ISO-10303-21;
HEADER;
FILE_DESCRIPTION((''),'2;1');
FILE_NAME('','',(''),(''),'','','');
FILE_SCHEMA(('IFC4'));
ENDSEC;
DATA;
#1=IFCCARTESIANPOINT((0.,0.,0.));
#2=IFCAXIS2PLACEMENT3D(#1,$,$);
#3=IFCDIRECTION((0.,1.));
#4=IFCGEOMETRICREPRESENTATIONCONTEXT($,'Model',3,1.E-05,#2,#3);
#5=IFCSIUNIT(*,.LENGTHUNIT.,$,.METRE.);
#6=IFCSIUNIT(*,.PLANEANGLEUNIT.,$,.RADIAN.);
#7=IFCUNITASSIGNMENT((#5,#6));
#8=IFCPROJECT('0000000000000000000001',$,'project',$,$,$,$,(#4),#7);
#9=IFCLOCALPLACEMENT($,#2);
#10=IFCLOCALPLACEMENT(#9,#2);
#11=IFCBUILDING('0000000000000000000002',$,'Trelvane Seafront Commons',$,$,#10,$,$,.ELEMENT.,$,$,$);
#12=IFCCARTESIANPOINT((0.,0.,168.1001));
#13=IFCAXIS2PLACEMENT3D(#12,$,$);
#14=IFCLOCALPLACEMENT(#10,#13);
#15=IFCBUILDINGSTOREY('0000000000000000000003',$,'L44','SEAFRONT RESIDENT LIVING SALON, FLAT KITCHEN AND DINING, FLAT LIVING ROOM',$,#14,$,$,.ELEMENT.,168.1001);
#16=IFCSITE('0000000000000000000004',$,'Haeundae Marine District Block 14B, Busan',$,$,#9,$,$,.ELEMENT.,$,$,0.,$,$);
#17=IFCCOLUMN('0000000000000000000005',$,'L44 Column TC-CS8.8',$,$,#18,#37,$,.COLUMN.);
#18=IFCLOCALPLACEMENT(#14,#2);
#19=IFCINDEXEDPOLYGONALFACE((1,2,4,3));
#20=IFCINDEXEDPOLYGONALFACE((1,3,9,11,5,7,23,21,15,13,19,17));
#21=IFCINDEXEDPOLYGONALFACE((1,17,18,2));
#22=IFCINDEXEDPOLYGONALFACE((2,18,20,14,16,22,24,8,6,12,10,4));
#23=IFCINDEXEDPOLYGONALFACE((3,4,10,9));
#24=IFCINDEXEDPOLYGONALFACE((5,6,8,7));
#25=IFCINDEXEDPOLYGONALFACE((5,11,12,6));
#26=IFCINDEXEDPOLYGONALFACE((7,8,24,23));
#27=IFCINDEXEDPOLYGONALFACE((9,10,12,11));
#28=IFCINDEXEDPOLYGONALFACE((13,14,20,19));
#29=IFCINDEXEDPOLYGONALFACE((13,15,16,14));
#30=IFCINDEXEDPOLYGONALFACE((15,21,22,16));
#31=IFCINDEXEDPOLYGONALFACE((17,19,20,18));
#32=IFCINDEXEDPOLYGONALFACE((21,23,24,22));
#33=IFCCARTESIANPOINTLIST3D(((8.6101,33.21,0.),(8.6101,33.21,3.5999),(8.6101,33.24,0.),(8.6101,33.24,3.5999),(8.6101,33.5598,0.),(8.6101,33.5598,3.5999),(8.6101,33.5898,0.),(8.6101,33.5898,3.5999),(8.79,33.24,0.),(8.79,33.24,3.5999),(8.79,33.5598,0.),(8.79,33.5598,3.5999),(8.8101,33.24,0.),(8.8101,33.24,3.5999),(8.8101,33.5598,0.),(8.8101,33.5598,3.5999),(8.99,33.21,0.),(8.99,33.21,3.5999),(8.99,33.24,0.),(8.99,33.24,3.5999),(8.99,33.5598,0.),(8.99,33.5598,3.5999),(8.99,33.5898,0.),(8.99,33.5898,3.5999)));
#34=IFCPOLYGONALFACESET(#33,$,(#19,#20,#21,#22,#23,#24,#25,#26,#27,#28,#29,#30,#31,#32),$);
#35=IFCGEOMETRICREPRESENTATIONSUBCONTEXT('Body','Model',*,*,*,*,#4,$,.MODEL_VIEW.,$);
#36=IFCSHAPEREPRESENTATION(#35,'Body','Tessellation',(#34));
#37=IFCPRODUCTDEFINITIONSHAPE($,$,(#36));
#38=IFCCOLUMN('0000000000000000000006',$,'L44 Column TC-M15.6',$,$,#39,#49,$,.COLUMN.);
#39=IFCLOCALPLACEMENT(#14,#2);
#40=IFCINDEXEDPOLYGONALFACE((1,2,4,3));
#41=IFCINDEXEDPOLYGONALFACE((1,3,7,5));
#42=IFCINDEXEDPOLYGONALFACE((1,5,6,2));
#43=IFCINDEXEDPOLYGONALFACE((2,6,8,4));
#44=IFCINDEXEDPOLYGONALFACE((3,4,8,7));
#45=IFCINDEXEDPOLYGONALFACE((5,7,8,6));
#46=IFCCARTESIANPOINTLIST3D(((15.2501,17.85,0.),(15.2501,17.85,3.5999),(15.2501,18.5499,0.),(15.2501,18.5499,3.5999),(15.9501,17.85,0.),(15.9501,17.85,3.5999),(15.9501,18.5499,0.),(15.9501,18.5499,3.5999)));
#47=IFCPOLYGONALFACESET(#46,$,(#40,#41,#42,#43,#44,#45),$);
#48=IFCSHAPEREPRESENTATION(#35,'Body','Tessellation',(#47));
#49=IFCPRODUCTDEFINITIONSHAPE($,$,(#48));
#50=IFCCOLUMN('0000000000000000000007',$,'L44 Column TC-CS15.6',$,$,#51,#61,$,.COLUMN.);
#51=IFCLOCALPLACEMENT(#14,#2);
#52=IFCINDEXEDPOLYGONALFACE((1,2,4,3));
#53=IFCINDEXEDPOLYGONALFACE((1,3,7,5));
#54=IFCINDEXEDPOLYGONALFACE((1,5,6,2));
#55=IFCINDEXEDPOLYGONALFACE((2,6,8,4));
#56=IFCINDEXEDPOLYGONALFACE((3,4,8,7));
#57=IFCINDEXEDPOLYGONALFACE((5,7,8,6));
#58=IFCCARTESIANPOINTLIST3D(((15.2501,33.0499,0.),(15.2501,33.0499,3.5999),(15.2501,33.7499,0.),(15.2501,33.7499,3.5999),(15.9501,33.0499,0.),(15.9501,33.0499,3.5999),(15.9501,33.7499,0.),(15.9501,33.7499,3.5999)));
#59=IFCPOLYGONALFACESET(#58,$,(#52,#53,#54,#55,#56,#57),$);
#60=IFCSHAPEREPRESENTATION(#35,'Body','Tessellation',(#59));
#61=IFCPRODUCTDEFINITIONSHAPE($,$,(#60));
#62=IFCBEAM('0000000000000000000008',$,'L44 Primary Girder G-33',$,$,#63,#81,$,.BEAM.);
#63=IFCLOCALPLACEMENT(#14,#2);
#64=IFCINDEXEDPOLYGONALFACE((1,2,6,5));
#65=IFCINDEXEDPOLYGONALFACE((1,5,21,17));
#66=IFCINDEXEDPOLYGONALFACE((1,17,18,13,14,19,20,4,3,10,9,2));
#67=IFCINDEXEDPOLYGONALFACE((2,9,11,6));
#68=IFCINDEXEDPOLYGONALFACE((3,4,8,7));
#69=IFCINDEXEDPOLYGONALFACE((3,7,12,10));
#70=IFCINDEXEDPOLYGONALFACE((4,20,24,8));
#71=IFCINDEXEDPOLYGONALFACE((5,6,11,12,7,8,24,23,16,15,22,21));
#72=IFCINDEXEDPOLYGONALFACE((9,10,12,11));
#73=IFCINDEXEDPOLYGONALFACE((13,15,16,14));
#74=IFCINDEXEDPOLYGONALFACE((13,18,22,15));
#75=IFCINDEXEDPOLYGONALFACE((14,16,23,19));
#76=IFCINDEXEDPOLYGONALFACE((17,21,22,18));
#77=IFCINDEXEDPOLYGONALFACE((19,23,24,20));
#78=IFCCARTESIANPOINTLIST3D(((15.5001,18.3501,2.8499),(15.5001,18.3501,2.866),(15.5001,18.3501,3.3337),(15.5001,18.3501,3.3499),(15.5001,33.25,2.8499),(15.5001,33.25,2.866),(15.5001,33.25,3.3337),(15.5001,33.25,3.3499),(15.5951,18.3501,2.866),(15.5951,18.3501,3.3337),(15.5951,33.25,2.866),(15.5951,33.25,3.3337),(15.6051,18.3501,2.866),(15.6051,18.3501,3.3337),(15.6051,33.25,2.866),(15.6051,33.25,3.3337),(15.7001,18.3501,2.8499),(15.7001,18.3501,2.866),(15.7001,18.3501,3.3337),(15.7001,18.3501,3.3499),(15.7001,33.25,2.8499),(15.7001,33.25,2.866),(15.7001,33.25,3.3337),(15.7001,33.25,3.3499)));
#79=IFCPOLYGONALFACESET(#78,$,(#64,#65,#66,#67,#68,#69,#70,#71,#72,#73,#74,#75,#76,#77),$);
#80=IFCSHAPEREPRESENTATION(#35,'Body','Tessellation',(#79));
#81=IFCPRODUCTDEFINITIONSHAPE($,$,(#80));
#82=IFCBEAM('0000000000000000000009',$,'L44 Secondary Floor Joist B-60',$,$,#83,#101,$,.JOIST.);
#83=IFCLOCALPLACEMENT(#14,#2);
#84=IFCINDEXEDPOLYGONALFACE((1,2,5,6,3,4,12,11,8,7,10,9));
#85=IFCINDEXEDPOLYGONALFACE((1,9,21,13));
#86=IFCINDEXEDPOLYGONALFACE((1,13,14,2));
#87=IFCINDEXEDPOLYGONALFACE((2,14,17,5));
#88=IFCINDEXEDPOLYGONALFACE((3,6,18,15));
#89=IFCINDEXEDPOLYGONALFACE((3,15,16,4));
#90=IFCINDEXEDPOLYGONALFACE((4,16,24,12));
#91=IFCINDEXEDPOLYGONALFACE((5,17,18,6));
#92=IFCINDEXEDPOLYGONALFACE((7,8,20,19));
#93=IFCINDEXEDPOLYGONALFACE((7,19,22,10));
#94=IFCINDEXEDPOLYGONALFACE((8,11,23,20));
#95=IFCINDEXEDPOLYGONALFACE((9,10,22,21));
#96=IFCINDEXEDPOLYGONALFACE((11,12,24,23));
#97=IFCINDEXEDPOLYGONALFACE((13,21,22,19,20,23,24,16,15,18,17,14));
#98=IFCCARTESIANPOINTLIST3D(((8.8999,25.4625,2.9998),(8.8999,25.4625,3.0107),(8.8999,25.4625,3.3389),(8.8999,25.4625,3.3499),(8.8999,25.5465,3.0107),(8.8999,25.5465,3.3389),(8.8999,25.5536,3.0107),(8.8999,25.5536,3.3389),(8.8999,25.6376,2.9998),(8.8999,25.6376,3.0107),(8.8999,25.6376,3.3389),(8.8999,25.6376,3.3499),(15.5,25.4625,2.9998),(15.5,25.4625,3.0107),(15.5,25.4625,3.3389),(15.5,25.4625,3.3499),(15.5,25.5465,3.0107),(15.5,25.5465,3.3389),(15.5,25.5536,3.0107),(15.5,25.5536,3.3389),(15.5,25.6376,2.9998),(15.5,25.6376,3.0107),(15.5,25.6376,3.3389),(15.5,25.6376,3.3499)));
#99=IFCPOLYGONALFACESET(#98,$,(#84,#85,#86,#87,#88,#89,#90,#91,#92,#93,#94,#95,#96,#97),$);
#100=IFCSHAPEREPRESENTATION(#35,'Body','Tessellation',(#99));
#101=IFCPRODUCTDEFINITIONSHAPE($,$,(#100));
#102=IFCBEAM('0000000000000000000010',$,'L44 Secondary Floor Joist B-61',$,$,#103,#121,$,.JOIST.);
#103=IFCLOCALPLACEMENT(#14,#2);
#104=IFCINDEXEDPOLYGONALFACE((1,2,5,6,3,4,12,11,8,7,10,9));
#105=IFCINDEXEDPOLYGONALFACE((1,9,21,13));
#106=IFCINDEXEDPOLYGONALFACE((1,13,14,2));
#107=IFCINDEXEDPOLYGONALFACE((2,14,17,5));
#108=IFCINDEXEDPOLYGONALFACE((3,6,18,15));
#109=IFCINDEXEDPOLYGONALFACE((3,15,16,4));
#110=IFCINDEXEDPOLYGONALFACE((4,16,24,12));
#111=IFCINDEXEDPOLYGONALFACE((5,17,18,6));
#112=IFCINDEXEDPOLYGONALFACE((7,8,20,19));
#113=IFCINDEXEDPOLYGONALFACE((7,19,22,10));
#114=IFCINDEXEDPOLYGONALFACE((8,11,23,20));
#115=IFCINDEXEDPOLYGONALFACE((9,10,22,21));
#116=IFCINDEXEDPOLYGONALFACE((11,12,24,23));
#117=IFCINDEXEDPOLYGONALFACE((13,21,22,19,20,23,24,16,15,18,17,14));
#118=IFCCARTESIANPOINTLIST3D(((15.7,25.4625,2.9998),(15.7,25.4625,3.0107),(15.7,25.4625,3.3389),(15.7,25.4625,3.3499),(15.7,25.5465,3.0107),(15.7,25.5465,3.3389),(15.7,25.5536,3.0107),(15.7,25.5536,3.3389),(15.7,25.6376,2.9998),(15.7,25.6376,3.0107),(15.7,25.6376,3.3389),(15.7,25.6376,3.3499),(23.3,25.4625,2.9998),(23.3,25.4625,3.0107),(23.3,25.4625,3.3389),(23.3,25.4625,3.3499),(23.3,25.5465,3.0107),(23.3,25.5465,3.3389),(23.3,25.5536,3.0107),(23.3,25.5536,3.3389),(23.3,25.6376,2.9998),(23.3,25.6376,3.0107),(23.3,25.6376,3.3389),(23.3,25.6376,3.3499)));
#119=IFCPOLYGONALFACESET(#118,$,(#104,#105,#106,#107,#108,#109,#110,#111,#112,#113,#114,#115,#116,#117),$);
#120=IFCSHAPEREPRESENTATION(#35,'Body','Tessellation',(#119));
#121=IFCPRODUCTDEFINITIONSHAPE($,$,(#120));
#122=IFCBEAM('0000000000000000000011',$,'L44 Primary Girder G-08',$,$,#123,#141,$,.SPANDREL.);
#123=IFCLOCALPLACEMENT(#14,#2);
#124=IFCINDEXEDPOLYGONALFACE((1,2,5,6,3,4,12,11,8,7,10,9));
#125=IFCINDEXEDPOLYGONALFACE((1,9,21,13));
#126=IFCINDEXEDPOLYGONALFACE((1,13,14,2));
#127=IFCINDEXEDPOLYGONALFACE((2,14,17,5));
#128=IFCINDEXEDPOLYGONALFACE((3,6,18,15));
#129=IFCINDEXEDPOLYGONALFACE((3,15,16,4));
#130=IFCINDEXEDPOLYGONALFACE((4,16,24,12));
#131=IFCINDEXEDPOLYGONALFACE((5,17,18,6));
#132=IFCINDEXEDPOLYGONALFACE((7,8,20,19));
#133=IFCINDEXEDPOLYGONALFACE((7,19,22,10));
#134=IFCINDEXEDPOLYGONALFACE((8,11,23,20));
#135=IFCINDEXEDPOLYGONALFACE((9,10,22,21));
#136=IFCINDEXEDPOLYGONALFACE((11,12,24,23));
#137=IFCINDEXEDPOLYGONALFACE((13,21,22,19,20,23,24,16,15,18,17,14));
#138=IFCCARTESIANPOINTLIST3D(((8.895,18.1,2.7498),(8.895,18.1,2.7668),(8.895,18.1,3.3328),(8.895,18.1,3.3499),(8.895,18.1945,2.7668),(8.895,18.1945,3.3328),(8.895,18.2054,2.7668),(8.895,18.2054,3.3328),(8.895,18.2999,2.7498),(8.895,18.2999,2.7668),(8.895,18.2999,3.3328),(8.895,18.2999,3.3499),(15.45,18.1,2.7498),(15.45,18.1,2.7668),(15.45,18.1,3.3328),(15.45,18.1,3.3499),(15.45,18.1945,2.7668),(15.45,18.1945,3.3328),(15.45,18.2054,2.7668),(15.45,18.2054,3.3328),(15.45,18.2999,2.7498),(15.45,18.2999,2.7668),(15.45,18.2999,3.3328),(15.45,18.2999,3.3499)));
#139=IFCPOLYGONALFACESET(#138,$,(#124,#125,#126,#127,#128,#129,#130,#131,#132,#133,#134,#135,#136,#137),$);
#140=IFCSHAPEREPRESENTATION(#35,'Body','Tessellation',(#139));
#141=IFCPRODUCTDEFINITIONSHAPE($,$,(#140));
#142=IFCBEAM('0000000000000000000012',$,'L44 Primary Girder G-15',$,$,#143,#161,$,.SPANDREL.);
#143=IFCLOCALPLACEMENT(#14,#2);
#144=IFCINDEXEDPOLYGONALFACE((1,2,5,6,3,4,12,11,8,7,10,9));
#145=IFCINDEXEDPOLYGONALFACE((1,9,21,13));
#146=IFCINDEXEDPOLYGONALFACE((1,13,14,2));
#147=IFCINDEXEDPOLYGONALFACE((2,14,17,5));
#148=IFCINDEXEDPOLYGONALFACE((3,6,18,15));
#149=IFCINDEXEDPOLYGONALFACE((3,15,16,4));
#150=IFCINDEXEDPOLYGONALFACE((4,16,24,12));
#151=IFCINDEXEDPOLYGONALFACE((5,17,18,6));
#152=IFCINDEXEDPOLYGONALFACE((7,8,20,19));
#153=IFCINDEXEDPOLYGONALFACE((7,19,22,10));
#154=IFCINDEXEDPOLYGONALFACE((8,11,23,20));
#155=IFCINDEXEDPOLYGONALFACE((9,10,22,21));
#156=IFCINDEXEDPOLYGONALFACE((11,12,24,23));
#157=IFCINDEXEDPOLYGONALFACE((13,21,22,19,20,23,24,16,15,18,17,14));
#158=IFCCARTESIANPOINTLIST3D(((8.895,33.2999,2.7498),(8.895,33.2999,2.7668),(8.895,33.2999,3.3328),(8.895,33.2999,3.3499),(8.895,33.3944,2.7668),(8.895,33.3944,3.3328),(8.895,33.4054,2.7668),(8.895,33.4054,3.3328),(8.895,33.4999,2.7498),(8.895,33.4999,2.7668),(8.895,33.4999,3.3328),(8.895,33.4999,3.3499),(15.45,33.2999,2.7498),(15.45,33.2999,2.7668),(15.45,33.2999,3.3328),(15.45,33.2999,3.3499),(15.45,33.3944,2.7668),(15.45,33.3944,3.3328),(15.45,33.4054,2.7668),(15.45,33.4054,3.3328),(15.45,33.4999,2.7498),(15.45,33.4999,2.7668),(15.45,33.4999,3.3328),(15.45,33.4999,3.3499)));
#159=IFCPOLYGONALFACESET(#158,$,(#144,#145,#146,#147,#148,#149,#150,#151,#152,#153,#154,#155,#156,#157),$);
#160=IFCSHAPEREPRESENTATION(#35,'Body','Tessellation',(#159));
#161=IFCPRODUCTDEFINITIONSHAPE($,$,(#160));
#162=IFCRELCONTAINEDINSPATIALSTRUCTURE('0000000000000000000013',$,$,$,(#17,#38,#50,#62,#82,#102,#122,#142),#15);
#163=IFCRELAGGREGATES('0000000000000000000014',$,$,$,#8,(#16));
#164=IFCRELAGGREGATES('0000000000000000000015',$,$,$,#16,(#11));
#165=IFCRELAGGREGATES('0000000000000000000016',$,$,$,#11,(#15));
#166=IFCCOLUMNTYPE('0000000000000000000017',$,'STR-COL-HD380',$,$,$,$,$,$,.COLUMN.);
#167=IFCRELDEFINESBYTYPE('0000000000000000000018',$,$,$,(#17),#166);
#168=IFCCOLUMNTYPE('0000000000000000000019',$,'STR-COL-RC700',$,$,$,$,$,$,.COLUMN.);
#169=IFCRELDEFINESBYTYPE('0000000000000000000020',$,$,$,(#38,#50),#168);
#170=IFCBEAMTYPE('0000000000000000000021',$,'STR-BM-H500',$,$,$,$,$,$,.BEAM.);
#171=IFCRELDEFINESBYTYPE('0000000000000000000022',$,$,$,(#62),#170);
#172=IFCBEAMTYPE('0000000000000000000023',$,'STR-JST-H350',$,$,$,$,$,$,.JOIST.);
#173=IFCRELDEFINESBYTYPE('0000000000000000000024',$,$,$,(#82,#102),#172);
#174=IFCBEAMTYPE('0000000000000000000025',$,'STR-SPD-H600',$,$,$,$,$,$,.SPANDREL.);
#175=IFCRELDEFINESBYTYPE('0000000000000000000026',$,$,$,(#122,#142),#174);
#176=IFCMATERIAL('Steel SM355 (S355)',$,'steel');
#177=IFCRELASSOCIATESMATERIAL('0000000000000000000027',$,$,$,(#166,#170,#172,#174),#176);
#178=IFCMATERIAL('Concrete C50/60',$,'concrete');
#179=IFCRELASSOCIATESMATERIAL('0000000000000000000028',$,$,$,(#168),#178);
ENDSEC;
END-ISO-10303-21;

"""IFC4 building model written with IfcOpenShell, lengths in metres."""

from ifc_helpers import new_model, si_unit, direction, frame, origin, origin_2d, place, context, subcontext, project, spatial, rectangle, i_section, extrude, source, transform, mapped, material, material_profile, profile_set, type_object, element, save


model = new_model("IFC4")

# Units and contexts
model_context = context("Model", 3, precision=1e-05, world=origin(), true_north=direction((0.0, 1.0)))
body_context = subcontext(model_context, "Body", "Model", "MODEL_VIEW")
ifc_project = project(units=[si_unit("LENGTHUNIT", "METRE"), si_unit("PLANEANGLEUNIT", "RADIAN")], contexts=[model_context])

# Site, building, storey
site_placement = place(None, origin())
site = spatial("IfcSite", under=ifc_project, at=site_placement, Name="Haeundae Marine District Block 14B, Busan", CompositionType="ELEMENT", RefElevation=0.0)
building_placement = place(site_placement, origin())
building = spatial("IfcBuilding", under=site, at=building_placement, Name="Trelvane Seafront Commons", CompositionType="ELEMENT")
storey_placement = place(building_placement, frame((0.0, 0.0, 168.1001)))
storey = spatial("IfcBuildingStorey", under=building, at=storey_placement, Name="L44", Description="SEAFRONT RESIDENT LIVING SALON, FLAT KITCHEN AND DINING, FLAT LIVING ROOM", CompositionType="ELEMENT", Elevation=168.1001)

# Columns
ifc_material_1 = material(Name="Steel SM355 (S355)", Category="steel")
ifc_material_profile_1 = material_profile(ifc_material_1, i_section(OverallWidth=0.3799, OverallDepth=0.3799, WebThickness=0.02, FlangeThickness=0.03, at=origin_2d()), Name="HD-380x380x20x30")
ifc_profile_set_1 = profile_set([ifc_material_profile_1], Name="Steel SM355 (S355)")
column_type_1 = type_object("IfcColumnType", Name="STR-COL-HD380", PredefinedType="COLUMN", material=ifc_profile_set_1)
shared_shape_1 = source(origin(), body_context, "Body", "SweptSolid", [
    extrude(i_section(OverallWidth=0.3799, OverallDepth=0.3799, WebThickness=0.02, FlangeThickness=0.03, at=origin_2d()), origin(), (0.0, 0.0, 1.0), 3.5999),
])
column_placement = place(storey_placement, frame((8.8, 33.3999, 0.0), z_axis=(0.0, 0.0, 1.0), x_axis=(1.0, 0.0, 0.0)))
element("IfcColumn", 1, at=column_placement, inside=storey, type_object=column_type_1, Name="L44 Column TC-CS8.8", PredefinedType="COLUMN", context=body_context, shape_type="MappedRepresentation", body=[
    mapped(shared_shape_1, transform((0.0, 0.0, 0.0), x_axis=(1.0, 0.0, 0.0), y_axis=(0.0, 1.0, 0.0), z_axis=(0.0, 0.0, 1.0), scale=1.0)),
])
ifc_material_2 = material(Name="Concrete C50/60", Category="concrete")
ifc_material_profile_2 = material_profile(ifc_material_2, rectangle(XDim=0.7, YDim=0.7, at=origin_2d()), Name="RC-700x700")
ifc_profile_set_2 = profile_set([ifc_material_profile_2], Name="Concrete C50/60")
column_type_2 = type_object("IfcColumnType", Name="STR-COL-RC700", PredefinedType="COLUMN", material=ifc_profile_set_2)
shared_shape_2 = source(origin(), body_context, "Body", "SweptSolid", [
    extrude(rectangle(XDim=0.7, YDim=0.7, at=origin_2d()), origin(), (0.0, 0.0, 1.0), 3.5999),
])
for number, where, z_axis, x_axis, name in (
    (2, (15.6001, 18.2, 0.0), (0.0, 0.0, 1.0), (1.0, 0.0, 0.0), "L44 Column TC-M15.6"),
    (3, (15.6001, 33.3999, 0.0), (0.0, 0.0, 1.0), (1.0, 0.0, 0.0), "L44 Column TC-CS15.6"),
):
    element("IfcColumn", number, at=place(storey_placement, frame(where, z_axis=z_axis, x_axis=x_axis)), inside=storey, type_object=column_type_2, Name=name, PredefinedType="COLUMN", context=body_context, shape_type="MappedRepresentation", body=[
        mapped(shared_shape_2, transform((0.0, 0.0, 0.0), x_axis=(1.0, 0.0, 0.0), y_axis=(0.0, 1.0, 0.0), z_axis=(0.0, 0.0, 1.0), scale=1.0)),
    ])

# Beams
ifc_material_profile_3 = material_profile(ifc_material_1, i_section(OverallWidth=0.2, OverallDepth=0.5, WebThickness=0.01, FlangeThickness=0.0161, at=origin_2d()), Name="H-500x200x10x16")
ifc_profile_set_3 = profile_set([ifc_material_profile_3], Name="Steel SM355 (S355)")
beam_type_1 = type_object("IfcBeamType", Name="STR-BM-H500", PredefinedType="BEAM", material=ifc_profile_set_3)
shared_shape_3 = source(origin(), body_context, "Body", "SweptSolid", [
    extrude(i_section(OverallWidth=0.2, OverallDepth=0.5, WebThickness=0.01, FlangeThickness=0.0161, at=origin_2d()), origin(), (0.0, 0.0, 1.0), 14.8999),
])
beam_1_placement = place(storey_placement, frame((15.6001, 18.3501, 3.0999), z_axis=(0.0, 1.0, 0.0), x_axis=(-1.0, 0.0, 0.0)))
element("IfcBeam", 4, at=beam_1_placement, inside=storey, type_object=beam_type_1, Name="L44 Primary Girder G-33", PredefinedType="BEAM", context=body_context, shape_type="MappedRepresentation", body=[
    mapped(shared_shape_3, transform((0.0, 0.0, 0.0), x_axis=(1.0, 0.0, 0.0), y_axis=(0.0, 1.0, 0.0), z_axis=(0.0, 0.0, 1.0), scale=1.0)),
])
ifc_material_profile_4 = material_profile(ifc_material_1, i_section(OverallWidth=0.175, OverallDepth=0.3501, WebThickness=0.0071, FlangeThickness=0.011, at=origin_2d()), Name="H-350x175x7x11")
ifc_profile_set_4 = profile_set([ifc_material_profile_4], Name="Steel SM355 (S355)")
beam_type_2 = type_object("IfcBeamType", Name="STR-JST-H350", PredefinedType="JOIST", material=ifc_profile_set_4)
shared_shape_4 = source(origin(), body_context, "Body", "SweptSolid", [
    extrude(i_section(OverallWidth=0.175, OverallDepth=0.3501, WebThickness=0.0071, FlangeThickness=0.011, at=origin_2d()), origin(), (0.0, 0.0, 1.0), 6.6001),
])
beam_2_placement = place(storey_placement, frame((8.8999, 25.55, 3.1748), z_axis=(1.0, 0.0, 0.0), x_axis=(0.0, 1.0, 0.0)))
element("IfcBeam", 5, at=beam_2_placement, inside=storey, type_object=beam_type_2, Name="L44 Secondary Floor Joist B-60", PredefinedType="JOIST", context=body_context, shape_type="MappedRepresentation", body=[
    mapped(shared_shape_4, transform((0.0, 0.0, 0.0), x_axis=(1.0, 0.0, 0.0), y_axis=(0.0, 1.0, 0.0), z_axis=(0.0, 0.0, 1.0), scale=1.0)),
])
shared_shape_5 = source(origin(), body_context, "Body", "SweptSolid", [
    extrude(i_section(OverallWidth=0.175, OverallDepth=0.3501, WebThickness=0.0071, FlangeThickness=0.011, at=origin_2d()), origin(), (0.0, 0.0, 1.0), 7.6001),
])
beam_3_placement = place(storey_placement, frame((15.7, 25.55, 3.1748), z_axis=(1.0, 0.0, 0.0), x_axis=(0.0, 1.0, 0.0)))
element("IfcBeam", 6, at=beam_3_placement, inside=storey, type_object=beam_type_2, Name="L44 Secondary Floor Joist B-61", PredefinedType="JOIST", context=body_context, shape_type="MappedRepresentation", body=[
    mapped(shared_shape_5, transform((0.0, 0.0, 0.0), x_axis=(1.0, 0.0, 0.0), y_axis=(0.0, 1.0, 0.0), z_axis=(0.0, 0.0, 1.0), scale=1.0)),
])
ifc_material_profile_5 = material_profile(ifc_material_1, i_section(OverallWidth=0.2, OverallDepth=0.6001, WebThickness=0.011, FlangeThickness=0.0171, at=origin_2d()), Name="H-600x200x11x17")
ifc_profile_set_5 = profile_set([ifc_material_profile_5], Name="Steel SM355 (S355)")
beam_type_3 = type_object("IfcBeamType", Name="STR-SPD-H600", PredefinedType="SPANDREL", material=ifc_profile_set_5)
shared_shape_6 = source(origin(), body_context, "Body", "SweptSolid", [
    extrude(i_section(OverallWidth=0.2, OverallDepth=0.6001, WebThickness=0.011, FlangeThickness=0.0171, at=origin_2d()), origin(), (0.0, 0.0, 1.0), 6.5549),
])
for number, where, z_axis, x_axis, name in (
    (7, (8.895, 18.2, 3.0498), (1.0, 0.0, 0.0), (0.0, 1.0, 0.0), "L44 Primary Girder G-08"),
    (8, (8.895, 33.3999, 3.0498), (1.0, 0.0, 0.0), (0.0, 1.0, 0.0), "L44 Primary Girder G-15"),
):
    element("IfcBeam", number, at=place(storey_placement, frame(where, z_axis=z_axis, x_axis=x_axis)), inside=storey, type_object=beam_type_3, Name=name, PredefinedType="SPANDREL", context=body_context, shape_type="MappedRepresentation", body=[
        mapped(shared_shape_6, transform((0.0, 0.0, 0.0), x_axis=(1.0, 0.0, 0.0), y_axis=(0.0, 1.0, 0.0), z_axis=(0.0, 0.0, 1.0), scale=1.0)),
    ])

save(model, "model.ifc")
